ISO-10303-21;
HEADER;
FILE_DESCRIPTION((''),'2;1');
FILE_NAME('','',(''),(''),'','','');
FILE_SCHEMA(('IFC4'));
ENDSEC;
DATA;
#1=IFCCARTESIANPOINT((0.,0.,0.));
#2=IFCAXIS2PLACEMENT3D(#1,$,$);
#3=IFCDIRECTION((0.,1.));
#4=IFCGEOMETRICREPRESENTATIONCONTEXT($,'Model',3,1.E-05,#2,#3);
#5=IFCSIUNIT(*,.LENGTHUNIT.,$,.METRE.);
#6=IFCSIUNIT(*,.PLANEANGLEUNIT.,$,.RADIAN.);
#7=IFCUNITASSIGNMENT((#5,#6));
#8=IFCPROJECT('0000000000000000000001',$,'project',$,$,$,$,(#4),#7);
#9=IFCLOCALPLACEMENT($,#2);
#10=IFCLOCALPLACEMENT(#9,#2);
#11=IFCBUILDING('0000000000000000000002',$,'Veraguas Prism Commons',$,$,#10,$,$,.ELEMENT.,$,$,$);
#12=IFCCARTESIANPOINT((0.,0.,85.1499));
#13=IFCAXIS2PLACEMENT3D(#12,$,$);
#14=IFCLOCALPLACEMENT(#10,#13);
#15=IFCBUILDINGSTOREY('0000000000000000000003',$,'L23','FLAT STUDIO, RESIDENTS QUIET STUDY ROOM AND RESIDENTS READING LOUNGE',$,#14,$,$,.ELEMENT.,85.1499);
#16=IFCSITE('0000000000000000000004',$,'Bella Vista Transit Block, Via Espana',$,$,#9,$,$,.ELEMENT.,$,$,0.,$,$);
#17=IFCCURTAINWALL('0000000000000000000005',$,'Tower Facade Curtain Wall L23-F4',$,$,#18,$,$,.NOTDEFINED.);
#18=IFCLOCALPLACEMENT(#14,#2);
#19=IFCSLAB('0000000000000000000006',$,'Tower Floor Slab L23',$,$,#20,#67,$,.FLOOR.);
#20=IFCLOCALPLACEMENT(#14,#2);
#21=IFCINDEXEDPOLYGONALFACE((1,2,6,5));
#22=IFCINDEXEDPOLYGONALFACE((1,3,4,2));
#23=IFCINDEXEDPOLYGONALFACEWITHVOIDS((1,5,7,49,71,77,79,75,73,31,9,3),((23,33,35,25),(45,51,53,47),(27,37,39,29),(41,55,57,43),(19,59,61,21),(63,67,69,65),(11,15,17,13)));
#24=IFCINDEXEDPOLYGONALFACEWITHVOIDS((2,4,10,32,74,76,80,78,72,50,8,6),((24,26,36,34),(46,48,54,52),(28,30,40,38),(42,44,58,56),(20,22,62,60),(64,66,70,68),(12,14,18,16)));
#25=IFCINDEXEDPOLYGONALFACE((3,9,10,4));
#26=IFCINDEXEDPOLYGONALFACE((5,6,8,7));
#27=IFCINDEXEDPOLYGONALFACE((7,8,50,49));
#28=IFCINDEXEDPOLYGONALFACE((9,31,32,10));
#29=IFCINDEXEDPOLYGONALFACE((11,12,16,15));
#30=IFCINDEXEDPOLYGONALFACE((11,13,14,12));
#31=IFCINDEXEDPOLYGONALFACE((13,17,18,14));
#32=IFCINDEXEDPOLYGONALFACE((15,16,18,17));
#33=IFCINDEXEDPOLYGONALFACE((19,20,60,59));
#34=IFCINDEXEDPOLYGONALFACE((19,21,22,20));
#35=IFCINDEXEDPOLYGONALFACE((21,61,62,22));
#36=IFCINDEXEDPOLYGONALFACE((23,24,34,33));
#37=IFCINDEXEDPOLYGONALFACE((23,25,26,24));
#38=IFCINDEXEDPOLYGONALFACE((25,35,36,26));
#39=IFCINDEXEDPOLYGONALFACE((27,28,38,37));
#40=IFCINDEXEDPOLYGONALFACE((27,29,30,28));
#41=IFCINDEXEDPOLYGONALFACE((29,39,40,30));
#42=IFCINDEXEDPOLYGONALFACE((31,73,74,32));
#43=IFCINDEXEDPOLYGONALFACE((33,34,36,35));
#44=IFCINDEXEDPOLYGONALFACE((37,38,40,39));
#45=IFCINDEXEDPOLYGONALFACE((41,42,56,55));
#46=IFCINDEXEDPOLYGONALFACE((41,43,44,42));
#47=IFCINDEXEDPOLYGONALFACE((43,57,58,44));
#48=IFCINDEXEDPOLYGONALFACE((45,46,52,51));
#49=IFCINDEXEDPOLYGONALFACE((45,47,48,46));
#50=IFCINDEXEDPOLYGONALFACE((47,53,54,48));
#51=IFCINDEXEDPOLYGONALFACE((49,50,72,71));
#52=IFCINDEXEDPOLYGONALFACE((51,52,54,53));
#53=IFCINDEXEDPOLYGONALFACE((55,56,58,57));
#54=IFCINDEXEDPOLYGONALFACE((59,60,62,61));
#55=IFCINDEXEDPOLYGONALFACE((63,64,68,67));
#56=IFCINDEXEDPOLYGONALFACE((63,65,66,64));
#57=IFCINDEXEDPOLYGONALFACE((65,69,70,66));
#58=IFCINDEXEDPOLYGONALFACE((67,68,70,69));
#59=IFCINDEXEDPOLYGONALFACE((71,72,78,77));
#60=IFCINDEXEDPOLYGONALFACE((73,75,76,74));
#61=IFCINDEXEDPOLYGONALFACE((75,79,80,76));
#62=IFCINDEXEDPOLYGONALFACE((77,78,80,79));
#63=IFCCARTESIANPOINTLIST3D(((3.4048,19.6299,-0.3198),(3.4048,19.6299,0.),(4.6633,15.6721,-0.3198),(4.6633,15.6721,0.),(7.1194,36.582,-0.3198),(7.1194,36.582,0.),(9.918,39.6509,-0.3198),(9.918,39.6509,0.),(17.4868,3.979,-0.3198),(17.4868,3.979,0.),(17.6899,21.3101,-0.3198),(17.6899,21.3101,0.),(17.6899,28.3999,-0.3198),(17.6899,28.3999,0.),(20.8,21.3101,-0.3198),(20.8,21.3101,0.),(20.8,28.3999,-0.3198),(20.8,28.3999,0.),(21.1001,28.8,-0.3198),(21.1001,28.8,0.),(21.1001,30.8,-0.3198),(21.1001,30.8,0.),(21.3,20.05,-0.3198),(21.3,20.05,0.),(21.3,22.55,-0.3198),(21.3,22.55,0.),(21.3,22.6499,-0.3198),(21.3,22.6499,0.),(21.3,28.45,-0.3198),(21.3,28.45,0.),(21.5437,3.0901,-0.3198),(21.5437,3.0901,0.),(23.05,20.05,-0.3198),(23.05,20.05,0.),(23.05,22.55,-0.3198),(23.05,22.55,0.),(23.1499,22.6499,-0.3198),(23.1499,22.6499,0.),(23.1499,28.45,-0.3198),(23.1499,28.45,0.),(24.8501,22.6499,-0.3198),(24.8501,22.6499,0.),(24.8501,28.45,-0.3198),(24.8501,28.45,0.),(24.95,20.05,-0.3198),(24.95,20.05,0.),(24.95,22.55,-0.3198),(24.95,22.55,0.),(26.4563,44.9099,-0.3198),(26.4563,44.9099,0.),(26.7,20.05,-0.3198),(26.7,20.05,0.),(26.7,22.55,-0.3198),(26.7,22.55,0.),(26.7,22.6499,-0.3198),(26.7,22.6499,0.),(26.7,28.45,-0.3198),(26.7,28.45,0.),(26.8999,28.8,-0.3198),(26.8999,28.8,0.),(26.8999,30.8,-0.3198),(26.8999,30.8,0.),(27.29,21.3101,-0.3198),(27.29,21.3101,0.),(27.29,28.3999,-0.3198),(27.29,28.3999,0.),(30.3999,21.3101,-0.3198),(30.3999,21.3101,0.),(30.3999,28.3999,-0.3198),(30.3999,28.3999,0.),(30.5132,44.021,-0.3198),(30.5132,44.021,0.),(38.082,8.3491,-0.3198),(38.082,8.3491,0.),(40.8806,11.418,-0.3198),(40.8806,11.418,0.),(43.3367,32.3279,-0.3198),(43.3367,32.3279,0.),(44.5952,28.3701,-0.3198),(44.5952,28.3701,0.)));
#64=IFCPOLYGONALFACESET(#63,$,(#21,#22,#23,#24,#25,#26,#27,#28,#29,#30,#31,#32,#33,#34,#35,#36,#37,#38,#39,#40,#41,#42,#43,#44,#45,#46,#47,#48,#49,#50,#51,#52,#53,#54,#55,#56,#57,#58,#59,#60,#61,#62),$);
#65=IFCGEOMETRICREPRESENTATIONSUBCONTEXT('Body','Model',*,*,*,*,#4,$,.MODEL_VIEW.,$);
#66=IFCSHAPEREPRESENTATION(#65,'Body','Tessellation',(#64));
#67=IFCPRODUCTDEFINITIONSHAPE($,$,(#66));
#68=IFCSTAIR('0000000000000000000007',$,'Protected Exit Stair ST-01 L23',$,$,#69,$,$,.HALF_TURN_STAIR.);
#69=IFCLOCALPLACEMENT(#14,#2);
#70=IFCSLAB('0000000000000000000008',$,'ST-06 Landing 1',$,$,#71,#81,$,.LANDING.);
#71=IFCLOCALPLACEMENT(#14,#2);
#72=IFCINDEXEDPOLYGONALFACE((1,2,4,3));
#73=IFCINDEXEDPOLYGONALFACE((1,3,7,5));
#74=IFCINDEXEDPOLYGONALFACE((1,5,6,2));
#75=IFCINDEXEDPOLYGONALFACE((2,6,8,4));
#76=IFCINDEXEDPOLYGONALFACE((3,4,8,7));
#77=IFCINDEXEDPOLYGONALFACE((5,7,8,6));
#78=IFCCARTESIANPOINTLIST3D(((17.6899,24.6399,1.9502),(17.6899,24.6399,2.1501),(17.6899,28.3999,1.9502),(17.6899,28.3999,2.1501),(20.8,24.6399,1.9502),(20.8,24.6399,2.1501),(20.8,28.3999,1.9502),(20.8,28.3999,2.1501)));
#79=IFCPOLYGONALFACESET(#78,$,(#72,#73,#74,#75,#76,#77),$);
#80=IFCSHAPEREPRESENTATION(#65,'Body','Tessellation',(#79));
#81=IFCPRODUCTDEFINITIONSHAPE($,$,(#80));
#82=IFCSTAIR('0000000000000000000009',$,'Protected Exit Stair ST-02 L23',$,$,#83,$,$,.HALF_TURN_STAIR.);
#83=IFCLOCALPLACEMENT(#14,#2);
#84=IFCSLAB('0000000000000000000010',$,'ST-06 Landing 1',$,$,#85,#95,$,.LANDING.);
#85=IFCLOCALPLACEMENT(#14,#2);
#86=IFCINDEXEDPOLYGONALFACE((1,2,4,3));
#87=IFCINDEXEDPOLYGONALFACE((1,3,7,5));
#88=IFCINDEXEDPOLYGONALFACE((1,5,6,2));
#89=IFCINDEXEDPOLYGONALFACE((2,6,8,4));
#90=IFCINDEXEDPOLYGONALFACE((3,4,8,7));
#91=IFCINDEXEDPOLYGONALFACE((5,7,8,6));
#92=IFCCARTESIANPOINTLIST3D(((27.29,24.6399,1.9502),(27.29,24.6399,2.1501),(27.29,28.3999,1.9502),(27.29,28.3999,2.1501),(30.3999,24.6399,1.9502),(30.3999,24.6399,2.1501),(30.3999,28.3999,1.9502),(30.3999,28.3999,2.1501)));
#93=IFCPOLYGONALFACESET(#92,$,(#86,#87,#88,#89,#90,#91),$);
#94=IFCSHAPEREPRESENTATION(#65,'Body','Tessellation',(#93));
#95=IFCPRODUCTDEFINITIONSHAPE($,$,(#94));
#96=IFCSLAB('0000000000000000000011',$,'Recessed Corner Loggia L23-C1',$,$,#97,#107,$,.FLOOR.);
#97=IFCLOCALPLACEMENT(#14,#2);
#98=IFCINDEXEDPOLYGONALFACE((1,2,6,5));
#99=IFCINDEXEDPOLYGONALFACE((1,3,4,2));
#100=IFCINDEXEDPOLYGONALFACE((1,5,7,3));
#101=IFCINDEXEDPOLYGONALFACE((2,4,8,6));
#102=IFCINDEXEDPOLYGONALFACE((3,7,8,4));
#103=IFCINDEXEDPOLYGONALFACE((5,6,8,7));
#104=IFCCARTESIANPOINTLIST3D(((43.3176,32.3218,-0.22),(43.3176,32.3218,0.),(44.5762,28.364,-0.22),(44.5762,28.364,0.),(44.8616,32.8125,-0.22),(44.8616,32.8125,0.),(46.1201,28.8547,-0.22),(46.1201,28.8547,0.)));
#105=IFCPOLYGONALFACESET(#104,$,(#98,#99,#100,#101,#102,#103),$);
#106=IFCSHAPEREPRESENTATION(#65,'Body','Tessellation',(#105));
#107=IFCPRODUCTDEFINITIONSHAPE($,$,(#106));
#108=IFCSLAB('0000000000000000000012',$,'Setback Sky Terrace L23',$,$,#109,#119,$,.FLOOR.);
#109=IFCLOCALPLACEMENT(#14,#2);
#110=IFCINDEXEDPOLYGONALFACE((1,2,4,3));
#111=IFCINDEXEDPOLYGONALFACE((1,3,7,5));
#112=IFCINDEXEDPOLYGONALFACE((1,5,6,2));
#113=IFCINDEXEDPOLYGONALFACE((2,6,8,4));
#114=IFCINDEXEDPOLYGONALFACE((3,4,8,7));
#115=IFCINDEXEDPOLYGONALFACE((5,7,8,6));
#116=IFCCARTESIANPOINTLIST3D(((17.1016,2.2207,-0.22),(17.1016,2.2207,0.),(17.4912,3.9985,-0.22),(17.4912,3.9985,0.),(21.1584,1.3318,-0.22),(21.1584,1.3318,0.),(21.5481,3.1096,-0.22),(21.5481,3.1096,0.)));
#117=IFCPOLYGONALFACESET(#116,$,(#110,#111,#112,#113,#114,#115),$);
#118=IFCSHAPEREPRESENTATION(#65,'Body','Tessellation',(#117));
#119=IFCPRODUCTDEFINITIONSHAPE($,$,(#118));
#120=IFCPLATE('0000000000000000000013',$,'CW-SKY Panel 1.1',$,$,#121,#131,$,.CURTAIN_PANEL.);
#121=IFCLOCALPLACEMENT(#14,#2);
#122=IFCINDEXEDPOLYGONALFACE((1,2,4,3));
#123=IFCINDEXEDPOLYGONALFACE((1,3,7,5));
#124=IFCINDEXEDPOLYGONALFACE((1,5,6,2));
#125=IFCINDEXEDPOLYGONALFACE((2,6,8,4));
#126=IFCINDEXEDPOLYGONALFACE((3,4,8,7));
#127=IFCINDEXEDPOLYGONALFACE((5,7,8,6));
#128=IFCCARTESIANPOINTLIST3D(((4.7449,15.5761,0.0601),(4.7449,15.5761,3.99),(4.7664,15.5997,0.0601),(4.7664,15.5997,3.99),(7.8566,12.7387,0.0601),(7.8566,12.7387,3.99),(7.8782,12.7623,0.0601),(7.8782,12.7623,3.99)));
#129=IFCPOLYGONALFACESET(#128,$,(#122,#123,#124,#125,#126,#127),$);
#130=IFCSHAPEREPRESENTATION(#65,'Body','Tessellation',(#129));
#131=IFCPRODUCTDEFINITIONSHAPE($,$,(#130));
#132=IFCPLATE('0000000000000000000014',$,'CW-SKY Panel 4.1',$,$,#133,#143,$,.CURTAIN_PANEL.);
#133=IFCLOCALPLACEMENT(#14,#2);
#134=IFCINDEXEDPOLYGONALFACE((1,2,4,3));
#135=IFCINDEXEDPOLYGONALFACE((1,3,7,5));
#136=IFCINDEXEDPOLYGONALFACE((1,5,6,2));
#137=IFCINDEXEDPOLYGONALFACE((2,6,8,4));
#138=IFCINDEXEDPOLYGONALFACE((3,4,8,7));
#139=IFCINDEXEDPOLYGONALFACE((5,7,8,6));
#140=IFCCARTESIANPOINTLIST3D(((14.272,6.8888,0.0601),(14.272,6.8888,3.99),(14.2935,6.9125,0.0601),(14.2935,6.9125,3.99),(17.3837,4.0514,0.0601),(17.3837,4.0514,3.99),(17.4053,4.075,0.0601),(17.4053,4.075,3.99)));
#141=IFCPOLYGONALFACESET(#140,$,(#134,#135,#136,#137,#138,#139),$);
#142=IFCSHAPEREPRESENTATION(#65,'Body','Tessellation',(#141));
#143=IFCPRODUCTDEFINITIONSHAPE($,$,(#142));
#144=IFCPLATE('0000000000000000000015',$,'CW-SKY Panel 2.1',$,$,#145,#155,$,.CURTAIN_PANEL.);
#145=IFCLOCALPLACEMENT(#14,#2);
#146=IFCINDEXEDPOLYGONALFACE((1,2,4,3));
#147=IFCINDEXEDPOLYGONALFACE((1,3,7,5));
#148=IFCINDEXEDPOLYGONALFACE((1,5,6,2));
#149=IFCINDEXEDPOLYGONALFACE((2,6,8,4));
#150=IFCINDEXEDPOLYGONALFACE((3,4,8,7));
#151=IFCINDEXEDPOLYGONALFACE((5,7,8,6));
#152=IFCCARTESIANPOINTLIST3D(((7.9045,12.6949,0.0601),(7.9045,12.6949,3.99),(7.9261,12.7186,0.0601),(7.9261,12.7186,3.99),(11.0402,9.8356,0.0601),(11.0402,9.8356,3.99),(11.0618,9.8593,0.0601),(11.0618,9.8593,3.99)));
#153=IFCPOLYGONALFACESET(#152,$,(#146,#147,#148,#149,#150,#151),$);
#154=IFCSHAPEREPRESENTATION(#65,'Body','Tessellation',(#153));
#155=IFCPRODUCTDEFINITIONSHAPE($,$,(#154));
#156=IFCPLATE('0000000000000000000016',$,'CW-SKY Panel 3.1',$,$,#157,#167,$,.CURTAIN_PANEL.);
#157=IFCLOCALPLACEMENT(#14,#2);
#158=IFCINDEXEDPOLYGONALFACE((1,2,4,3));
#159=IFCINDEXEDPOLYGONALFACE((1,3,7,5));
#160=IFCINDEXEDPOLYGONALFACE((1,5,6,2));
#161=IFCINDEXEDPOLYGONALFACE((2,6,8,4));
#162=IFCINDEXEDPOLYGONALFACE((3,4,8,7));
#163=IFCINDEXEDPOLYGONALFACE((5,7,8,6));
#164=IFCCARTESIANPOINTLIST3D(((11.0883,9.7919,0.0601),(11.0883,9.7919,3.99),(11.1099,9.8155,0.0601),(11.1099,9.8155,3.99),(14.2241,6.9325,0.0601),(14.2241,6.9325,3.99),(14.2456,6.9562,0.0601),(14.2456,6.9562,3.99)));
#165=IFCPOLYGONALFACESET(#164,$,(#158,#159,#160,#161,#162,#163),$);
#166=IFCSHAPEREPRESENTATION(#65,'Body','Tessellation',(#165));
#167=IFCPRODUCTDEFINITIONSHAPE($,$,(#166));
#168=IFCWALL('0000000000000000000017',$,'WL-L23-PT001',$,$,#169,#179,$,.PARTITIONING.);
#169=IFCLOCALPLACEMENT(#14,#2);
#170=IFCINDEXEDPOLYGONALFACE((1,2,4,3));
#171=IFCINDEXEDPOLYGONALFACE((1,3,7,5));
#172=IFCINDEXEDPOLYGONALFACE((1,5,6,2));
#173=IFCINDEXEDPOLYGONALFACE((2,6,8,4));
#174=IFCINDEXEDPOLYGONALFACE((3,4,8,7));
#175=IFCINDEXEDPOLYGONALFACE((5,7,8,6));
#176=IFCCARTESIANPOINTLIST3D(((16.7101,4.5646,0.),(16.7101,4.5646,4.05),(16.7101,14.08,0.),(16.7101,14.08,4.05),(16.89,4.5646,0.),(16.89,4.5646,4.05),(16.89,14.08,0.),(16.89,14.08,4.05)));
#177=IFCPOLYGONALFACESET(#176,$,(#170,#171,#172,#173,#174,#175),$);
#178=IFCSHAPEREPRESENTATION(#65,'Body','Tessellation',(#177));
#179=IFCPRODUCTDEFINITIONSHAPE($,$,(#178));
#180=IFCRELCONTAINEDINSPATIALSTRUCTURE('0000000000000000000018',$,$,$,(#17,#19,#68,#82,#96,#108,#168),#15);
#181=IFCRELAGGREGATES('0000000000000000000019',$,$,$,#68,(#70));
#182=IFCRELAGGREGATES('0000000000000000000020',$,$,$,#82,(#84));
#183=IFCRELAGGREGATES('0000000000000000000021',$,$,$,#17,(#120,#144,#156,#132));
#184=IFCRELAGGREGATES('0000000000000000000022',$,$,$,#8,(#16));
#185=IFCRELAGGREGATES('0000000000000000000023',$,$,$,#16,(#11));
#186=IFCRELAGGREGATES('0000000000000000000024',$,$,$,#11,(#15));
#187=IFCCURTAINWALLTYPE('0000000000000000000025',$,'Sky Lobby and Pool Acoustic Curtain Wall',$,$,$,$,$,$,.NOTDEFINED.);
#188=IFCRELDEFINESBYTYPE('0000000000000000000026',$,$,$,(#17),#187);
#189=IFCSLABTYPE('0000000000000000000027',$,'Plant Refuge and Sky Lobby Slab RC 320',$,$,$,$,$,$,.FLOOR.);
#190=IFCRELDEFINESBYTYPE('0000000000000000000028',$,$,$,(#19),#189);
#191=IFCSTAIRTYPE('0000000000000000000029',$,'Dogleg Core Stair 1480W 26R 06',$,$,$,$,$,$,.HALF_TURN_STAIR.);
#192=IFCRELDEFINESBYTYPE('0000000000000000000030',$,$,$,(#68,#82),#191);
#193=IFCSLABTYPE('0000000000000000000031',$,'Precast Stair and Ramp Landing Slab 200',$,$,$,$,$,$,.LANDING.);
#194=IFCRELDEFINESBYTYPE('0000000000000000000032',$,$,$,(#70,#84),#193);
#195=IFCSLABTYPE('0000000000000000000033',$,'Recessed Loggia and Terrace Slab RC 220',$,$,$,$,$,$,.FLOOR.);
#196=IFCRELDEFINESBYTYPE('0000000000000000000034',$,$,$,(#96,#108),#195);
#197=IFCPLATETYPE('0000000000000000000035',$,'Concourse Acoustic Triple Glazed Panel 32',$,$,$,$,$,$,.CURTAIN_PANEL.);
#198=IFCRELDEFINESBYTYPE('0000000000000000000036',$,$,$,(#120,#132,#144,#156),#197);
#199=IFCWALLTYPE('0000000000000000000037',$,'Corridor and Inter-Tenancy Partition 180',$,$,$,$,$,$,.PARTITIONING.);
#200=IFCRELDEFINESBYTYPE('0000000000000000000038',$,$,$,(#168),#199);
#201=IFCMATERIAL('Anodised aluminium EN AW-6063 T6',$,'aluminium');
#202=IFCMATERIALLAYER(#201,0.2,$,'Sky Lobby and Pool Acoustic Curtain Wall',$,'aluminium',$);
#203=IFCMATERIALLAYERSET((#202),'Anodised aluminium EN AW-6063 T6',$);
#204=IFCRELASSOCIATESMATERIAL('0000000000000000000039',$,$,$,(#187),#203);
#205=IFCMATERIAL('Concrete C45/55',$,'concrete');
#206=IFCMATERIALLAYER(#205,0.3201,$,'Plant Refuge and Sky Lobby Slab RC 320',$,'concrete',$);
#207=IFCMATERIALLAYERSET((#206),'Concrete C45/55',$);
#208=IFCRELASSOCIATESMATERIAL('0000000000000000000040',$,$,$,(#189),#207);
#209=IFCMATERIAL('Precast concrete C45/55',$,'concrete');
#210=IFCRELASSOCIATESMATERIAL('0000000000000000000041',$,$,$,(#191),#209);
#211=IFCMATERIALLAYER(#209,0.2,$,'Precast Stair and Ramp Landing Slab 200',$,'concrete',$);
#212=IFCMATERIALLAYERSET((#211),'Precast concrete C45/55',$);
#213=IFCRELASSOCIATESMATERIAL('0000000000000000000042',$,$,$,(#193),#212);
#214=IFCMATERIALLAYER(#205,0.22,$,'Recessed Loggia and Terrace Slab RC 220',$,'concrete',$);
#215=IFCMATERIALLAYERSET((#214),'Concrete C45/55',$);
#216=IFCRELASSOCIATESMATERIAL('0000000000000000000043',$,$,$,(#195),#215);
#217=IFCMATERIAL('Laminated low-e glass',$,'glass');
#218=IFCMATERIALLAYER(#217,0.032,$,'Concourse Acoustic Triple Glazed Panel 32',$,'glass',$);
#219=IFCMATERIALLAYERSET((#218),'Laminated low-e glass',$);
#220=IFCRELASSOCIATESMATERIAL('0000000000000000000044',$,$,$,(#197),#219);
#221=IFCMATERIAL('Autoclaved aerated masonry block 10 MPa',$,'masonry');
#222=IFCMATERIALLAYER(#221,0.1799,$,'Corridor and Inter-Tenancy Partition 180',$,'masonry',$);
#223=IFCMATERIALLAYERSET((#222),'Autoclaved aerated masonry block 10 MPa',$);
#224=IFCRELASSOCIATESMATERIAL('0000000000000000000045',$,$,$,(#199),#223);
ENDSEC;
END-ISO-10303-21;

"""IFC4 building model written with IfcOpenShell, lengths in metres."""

from ifc_helpers import new_model, si_unit, direction, frame, frame_2d, origin, origin_2d, place, context, subcontext, project, spatial, polyline, rectangle, outline, extrude, source, transform, mapped, material, layer, layer_set, type_object, element, aggregate, save


model = new_model("IFC4")

# Units and contexts
model_context = context("Model", 3, precision=1e-05, world=origin(), true_north=direction((0.0, 1.0)))
body_context = subcontext(model_context, "Body", "Model", "MODEL_VIEW")
ifc_project = project(units=[si_unit("LENGTHUNIT", "METRE"), si_unit("PLANEANGLEUNIT", "RADIAN")], contexts=[model_context])

# Site, building, storey
site_placement = place(None, origin())
site = spatial("IfcSite", under=ifc_project, at=site_placement, Name="Bella Vista Transit Block, Via Espana", CompositionType="ELEMENT", RefElevation=0.0)
building_placement = place(site_placement, origin())
building = spatial("IfcBuilding", under=site, at=building_placement, Name="Veraguas Prism Commons", CompositionType="ELEMENT")
storey_placement = place(building_placement, frame((0.0, 0.0, 85.1499)))
storey = spatial("IfcBuildingStorey", under=building, at=storey_placement, Name="L23", Description="FLAT STUDIO, RESIDENTS QUIET STUDY ROOM AND RESIDENTS READING LOUNGE", CompositionType="ELEMENT", Elevation=85.1499)

# Curtain wall
ifc_material_1 = material(Name="Anodised aluminium EN AW-6063 T6", Category="aluminium")
ifc_layer_1 = layer(ifc_material_1, 0.2, Name="Sky Lobby and Pool Acoustic Curtain Wall", Category="aluminium")
ifc_layer_set_1 = layer_set([ifc_layer_1], Name="Anodised aluminium EN AW-6063 T6")
curtain_wall_type = type_object("IfcCurtainWallType", Name="Sky Lobby and Pool Acoustic Curtain Wall", PredefinedType="NOTDEFINED", material=ifc_layer_set_1)
curtain_wall_placement = place(storey_placement, origin())
curtain_wall = element("IfcCurtainWall", 1, at=curtain_wall_placement, inside=storey, type_object=curtain_wall_type, Name="Tower Facade Curtain Wall L23-F4", PredefinedType="NOTDEFINED")

# Slab
ifc_material_2 = material(Name="Concrete C45/55", Category="concrete")
ifc_layer_2 = layer(ifc_material_2, 0.3201, Name="Plant Refuge and Sky Lobby Slab RC 320", Category="concrete")
ifc_layer_set_2 = layer_set([ifc_layer_2], Name="Concrete C45/55")
slab_type_1 = type_object("IfcSlabType", Name="Plant Refuge and Sky Lobby Slab RC 320", PredefinedType="FLOOR", material=ifc_layer_set_2)
slab_1_placement = place(storey_placement, frame((0.0, 0.0, -0.3198)))
element("IfcSlab", 2, at=slab_1_placement, inside=storey, type_object=slab_type_1, Name="Tower Floor Slab L23", PredefinedType="FLOOR", context=body_context, shape_type="SweptSolid", body=[
    extrude(outline(polyline([(44.5952, 28.3701), (43.3367, 32.3279), (30.5132, 44.021), (26.4563, 44.9099), (9.918, 39.6509), (7.1194, 36.582), (3.4048, 19.6299), (4.6633, 15.6721), (17.4868, 3.979), (21.5437, 3.0901), (38.082, 8.3491), (40.8806, 11.418), (44.5952, 28.3701)]), holes=[polyline([(20.8, 21.3101), (20.8, 28.3999), (17.6899, 28.3999), (17.6899, 21.3101), (20.8, 21.3101)]), polyline([(30.3999, 21.3101), (30.3999, 28.3999), (27.29, 28.3999), (27.29, 21.3101), (30.3999, 21.3101)]), polyline([(21.3, 22.6499), (23.1499, 22.6499), (23.1499, 28.45), (21.3, 28.45), (21.3, 22.6499)]), polyline([(24.8501, 22.6499), (26.7, 22.6499), (26.7, 28.45), (24.8501, 28.45), (24.8501, 22.6499)]), polyline([(21.1001, 28.8), (26.8999, 28.8), (26.8999, 30.8), (21.1001, 30.8), (21.1001, 28.8)]), polyline([(21.3, 20.05), (23.05, 20.05), (23.05, 22.55), (21.3, 22.55), (21.3, 20.05)]), polyline([(24.95, 20.05), (26.7, 20.05), (26.7, 22.55), (24.95, 22.55), (24.95, 20.05)])]), origin(), (0.0, 0.0, 1.0), 0.3198),
])

# Stairs, slabs
ifc_material_3 = material(Name="Precast concrete C45/55", Category="concrete")
stair_type = type_object("IfcStairType", Name="Dogleg Core Stair 1480W 26R 06", PredefinedType="HALF_TURN_STAIR", material=ifc_material_3)
stair_1_placement = place(storey_placement, origin())
stair_1 = element("IfcStair", 3, at=stair_1_placement, inside=storey, type_object=stair_type, Name="Protected Exit Stair ST-01 L23", PredefinedType="HALF_TURN_STAIR")
ifc_layer_3 = layer(ifc_material_3, 0.2, Name="Precast Stair and Ramp Landing Slab 200", Category="concrete")
ifc_layer_set_3 = layer_set([ifc_layer_3], Name="Precast concrete C45/55")
slab_type_2 = type_object("IfcSlabType", Name="Precast Stair and Ramp Landing Slab 200", PredefinedType="LANDING", material=ifc_layer_set_3)
slab_2_placement = place(storey_placement, frame((0.0, 0.0, 1.9502)))
slab_2 = element("IfcSlab", 4, at=slab_2_placement, type_object=slab_type_2, Name="ST-06 Landing 1", PredefinedType="LANDING", context=body_context, shape_type="SweptSolid", body=[
    extrude(outline(polyline([(20.8, 24.6399), (20.8, 28.3999), (17.6899, 28.3999), (17.6899, 24.6399), (20.8, 24.6399)])), origin(), (0.0, 0.0, 1.0), 0.2),
])
aggregate(stair_1, [slab_2])
stair_2_placement = place(storey_placement, origin())
stair_2 = element("IfcStair", 5, at=stair_2_placement, inside=storey, type_object=stair_type, Name="Protected Exit Stair ST-02 L23", PredefinedType="HALF_TURN_STAIR")
slab_3_placement = place(storey_placement, frame((0.0, 0.0, 1.9502)))
slab_3 = element("IfcSlab", 6, at=slab_3_placement, type_object=slab_type_2, Name="ST-06 Landing 1", PredefinedType="LANDING", context=body_context, shape_type="SweptSolid", body=[
    extrude(outline(polyline([(30.3999, 24.6399), (30.3999, 28.3999), (27.29, 28.3999), (27.29, 24.6399), (30.3999, 24.6399)])), origin(), (0.0, 0.0, 1.0), 0.2),
])
aggregate(stair_2, [slab_3])

# Slabs
ifc_layer_4 = layer(ifc_material_2, 0.22, Name="Recessed Loggia and Terrace Slab RC 220", Category="concrete")
ifc_layer_set_4 = layer_set([ifc_layer_4], Name="Concrete C45/55")
slab_type_3 = type_object("IfcSlabType", Name="Recessed Loggia and Terrace Slab RC 220", PredefinedType="FLOOR", material=ifc_layer_set_4)
slab_4_placement = place(storey_placement, frame((0.0, 0.0, -0.22)))
element("IfcSlab", 7, at=slab_4_placement, inside=storey, type_object=slab_type_3, Name="Recessed Corner Loggia L23-C1", PredefinedType="FLOOR", context=body_context, shape_type="SweptSolid", body=[
    extrude(outline(polyline([(44.5762, 28.364), (46.1201, 28.8547), (44.8616, 32.8125), (43.3176, 32.3218), (44.5762, 28.364)])), origin(), (0.0, 0.0, 1.0), 0.22),
])
slab_5_placement = place(storey_placement, frame((0.0, 0.0, -0.22)))
element("IfcSlab", 8, at=slab_5_placement, inside=storey, type_object=slab_type_3, Name="Setback Sky Terrace L23", PredefinedType="FLOOR", context=body_context, shape_type="SweptSolid", body=[
    extrude(outline(polyline([(17.4912, 3.9985), (17.1016, 2.2207), (21.1584, 1.3318), (21.5481, 3.1096), (17.4912, 3.9985)])), origin(), (0.0, 0.0, 1.0), 0.22),
])

# Plates
ifc_material_4 = material(Name="Laminated low-e glass", Category="glass")
ifc_layer_5 = layer(ifc_material_4, 0.032, Name="Concourse Acoustic Triple Glazed Panel 32", Category="glass")
ifc_layer_set_5 = layer_set([ifc_layer_5], Name="Laminated low-e glass")
plate_type = type_object("IfcPlateType", Name="Concourse Acoustic Triple Glazed Panel 32", PredefinedType="CURTAIN_PANEL", material=ifc_layer_set_5)
shared_shape_1 = source(origin(), body_context, "Body", "SweptSolid", [
    extrude(rectangle(XDim=4.2112, YDim=0.032, at=origin_2d()), origin(), (0.0, 0.0, 1.0), 3.9299),
])
plate_1_placement = place(storey_placement, frame((6.3115, 14.1692, 0.0601), z_axis=(0.0, 0.0, 1.0), x_axis=(0.738925, -0.673788, 0.0)))
plate_1 = element("IfcPlate", 9, at=plate_1_placement, type_object=plate_type, Name="CW-SKY Panel 1.1", PredefinedType="CURTAIN_PANEL", context=body_context, shape_type="MappedRepresentation", body=[
    mapped(shared_shape_1, transform((0.0, 0.0, 0.0), scale=1.0)),
])
plate_2_placement = place(storey_placement, frame((15.8386, 5.4819, 0.0601), z_axis=(0.0, 0.0, 1.0), x_axis=(0.738925, -0.673788, 0.0)))
plate_2 = element("IfcPlate", 10, at=plate_2_placement, type_object=plate_type, Name="CW-SKY Panel 4.1", PredefinedType="CURTAIN_PANEL", context=body_context, shape_type="MappedRepresentation", body=[
    mapped(shared_shape_1, transform((0.0, 0.0, 0.0), scale=1.0)),
])
shared_shape_2 = source(origin(), body_context, "Body", "SweptSolid", [
    extrude(rectangle(XDim=4.2437, YDim=0.032, at=origin_2d()), origin(), (0.0, 0.0, 1.0), 3.9299),
])
plate_3_placement = place(storey_placement, frame((9.4832, 11.2771, 0.0601), z_axis=(0.0, 0.0, 1.0), x_axis=(0.738925, -0.673788, 0.0)))
plate_3 = element("IfcPlate", 11, at=plate_3_placement, type_object=plate_type, Name="CW-SKY Panel 2.1", PredefinedType="CURTAIN_PANEL", context=body_context, shape_type="MappedRepresentation", body=[
    mapped(shared_shape_2, transform((0.0, 0.0, 0.0), scale=1.0)),
])
plate_4_placement = place(storey_placement, frame((12.667, 8.374, 0.0601), z_axis=(0.0, 0.0, 1.0), x_axis=(0.738925, -0.673788, 0.0)))
plate_4 = element("IfcPlate", 12, at=plate_4_placement, type_object=plate_type, Name="CW-SKY Panel 3.1", PredefinedType="CURTAIN_PANEL", context=body_context, shape_type="MappedRepresentation", body=[
    mapped(shared_shape_2, transform((0.0, 0.0, 0.0), scale=1.0)),
])
aggregate(curtain_wall, [plate_1, plate_3, plate_4, plate_2])

# Wall
ifc_material_5 = material(Name="Autoclaved aerated masonry block 10 MPa", Category="masonry")
ifc_layer_6 = layer(ifc_material_5, 0.1799, Name="Corridor and Inter-Tenancy Partition 180", Category="masonry")
ifc_layer_set_6 = layer_set([ifc_layer_6], Name="Autoclaved aerated masonry block 10 MPa")
wall_type_1 = type_object("IfcWallType", Name="Corridor and Inter-Tenancy Partition 180", PredefinedType="PARTITIONING", material=ifc_layer_set_6)
wall_1_placement = place(storey_placement, frame((16.8, 14.0801, 0.0), z_axis=(0.0, 0.0, 1.0), x_axis=(0.0, -1.0, 0.0)))
element("IfcWall", 13, at=wall_1_placement, inside=storey, type_object=wall_type_1, Name="WL-L23-PT001", PredefinedType="PARTITIONING", context=body_context, shape_type="SweptSolid", body=[
    extrude(rectangle(XDim=9.5154, YDim=0.1799, at=frame_2d((4.7578, 0.0))), origin(), (0.0, 0.0, 1.0), 4.05),
])

save(model, "model.ifc")
